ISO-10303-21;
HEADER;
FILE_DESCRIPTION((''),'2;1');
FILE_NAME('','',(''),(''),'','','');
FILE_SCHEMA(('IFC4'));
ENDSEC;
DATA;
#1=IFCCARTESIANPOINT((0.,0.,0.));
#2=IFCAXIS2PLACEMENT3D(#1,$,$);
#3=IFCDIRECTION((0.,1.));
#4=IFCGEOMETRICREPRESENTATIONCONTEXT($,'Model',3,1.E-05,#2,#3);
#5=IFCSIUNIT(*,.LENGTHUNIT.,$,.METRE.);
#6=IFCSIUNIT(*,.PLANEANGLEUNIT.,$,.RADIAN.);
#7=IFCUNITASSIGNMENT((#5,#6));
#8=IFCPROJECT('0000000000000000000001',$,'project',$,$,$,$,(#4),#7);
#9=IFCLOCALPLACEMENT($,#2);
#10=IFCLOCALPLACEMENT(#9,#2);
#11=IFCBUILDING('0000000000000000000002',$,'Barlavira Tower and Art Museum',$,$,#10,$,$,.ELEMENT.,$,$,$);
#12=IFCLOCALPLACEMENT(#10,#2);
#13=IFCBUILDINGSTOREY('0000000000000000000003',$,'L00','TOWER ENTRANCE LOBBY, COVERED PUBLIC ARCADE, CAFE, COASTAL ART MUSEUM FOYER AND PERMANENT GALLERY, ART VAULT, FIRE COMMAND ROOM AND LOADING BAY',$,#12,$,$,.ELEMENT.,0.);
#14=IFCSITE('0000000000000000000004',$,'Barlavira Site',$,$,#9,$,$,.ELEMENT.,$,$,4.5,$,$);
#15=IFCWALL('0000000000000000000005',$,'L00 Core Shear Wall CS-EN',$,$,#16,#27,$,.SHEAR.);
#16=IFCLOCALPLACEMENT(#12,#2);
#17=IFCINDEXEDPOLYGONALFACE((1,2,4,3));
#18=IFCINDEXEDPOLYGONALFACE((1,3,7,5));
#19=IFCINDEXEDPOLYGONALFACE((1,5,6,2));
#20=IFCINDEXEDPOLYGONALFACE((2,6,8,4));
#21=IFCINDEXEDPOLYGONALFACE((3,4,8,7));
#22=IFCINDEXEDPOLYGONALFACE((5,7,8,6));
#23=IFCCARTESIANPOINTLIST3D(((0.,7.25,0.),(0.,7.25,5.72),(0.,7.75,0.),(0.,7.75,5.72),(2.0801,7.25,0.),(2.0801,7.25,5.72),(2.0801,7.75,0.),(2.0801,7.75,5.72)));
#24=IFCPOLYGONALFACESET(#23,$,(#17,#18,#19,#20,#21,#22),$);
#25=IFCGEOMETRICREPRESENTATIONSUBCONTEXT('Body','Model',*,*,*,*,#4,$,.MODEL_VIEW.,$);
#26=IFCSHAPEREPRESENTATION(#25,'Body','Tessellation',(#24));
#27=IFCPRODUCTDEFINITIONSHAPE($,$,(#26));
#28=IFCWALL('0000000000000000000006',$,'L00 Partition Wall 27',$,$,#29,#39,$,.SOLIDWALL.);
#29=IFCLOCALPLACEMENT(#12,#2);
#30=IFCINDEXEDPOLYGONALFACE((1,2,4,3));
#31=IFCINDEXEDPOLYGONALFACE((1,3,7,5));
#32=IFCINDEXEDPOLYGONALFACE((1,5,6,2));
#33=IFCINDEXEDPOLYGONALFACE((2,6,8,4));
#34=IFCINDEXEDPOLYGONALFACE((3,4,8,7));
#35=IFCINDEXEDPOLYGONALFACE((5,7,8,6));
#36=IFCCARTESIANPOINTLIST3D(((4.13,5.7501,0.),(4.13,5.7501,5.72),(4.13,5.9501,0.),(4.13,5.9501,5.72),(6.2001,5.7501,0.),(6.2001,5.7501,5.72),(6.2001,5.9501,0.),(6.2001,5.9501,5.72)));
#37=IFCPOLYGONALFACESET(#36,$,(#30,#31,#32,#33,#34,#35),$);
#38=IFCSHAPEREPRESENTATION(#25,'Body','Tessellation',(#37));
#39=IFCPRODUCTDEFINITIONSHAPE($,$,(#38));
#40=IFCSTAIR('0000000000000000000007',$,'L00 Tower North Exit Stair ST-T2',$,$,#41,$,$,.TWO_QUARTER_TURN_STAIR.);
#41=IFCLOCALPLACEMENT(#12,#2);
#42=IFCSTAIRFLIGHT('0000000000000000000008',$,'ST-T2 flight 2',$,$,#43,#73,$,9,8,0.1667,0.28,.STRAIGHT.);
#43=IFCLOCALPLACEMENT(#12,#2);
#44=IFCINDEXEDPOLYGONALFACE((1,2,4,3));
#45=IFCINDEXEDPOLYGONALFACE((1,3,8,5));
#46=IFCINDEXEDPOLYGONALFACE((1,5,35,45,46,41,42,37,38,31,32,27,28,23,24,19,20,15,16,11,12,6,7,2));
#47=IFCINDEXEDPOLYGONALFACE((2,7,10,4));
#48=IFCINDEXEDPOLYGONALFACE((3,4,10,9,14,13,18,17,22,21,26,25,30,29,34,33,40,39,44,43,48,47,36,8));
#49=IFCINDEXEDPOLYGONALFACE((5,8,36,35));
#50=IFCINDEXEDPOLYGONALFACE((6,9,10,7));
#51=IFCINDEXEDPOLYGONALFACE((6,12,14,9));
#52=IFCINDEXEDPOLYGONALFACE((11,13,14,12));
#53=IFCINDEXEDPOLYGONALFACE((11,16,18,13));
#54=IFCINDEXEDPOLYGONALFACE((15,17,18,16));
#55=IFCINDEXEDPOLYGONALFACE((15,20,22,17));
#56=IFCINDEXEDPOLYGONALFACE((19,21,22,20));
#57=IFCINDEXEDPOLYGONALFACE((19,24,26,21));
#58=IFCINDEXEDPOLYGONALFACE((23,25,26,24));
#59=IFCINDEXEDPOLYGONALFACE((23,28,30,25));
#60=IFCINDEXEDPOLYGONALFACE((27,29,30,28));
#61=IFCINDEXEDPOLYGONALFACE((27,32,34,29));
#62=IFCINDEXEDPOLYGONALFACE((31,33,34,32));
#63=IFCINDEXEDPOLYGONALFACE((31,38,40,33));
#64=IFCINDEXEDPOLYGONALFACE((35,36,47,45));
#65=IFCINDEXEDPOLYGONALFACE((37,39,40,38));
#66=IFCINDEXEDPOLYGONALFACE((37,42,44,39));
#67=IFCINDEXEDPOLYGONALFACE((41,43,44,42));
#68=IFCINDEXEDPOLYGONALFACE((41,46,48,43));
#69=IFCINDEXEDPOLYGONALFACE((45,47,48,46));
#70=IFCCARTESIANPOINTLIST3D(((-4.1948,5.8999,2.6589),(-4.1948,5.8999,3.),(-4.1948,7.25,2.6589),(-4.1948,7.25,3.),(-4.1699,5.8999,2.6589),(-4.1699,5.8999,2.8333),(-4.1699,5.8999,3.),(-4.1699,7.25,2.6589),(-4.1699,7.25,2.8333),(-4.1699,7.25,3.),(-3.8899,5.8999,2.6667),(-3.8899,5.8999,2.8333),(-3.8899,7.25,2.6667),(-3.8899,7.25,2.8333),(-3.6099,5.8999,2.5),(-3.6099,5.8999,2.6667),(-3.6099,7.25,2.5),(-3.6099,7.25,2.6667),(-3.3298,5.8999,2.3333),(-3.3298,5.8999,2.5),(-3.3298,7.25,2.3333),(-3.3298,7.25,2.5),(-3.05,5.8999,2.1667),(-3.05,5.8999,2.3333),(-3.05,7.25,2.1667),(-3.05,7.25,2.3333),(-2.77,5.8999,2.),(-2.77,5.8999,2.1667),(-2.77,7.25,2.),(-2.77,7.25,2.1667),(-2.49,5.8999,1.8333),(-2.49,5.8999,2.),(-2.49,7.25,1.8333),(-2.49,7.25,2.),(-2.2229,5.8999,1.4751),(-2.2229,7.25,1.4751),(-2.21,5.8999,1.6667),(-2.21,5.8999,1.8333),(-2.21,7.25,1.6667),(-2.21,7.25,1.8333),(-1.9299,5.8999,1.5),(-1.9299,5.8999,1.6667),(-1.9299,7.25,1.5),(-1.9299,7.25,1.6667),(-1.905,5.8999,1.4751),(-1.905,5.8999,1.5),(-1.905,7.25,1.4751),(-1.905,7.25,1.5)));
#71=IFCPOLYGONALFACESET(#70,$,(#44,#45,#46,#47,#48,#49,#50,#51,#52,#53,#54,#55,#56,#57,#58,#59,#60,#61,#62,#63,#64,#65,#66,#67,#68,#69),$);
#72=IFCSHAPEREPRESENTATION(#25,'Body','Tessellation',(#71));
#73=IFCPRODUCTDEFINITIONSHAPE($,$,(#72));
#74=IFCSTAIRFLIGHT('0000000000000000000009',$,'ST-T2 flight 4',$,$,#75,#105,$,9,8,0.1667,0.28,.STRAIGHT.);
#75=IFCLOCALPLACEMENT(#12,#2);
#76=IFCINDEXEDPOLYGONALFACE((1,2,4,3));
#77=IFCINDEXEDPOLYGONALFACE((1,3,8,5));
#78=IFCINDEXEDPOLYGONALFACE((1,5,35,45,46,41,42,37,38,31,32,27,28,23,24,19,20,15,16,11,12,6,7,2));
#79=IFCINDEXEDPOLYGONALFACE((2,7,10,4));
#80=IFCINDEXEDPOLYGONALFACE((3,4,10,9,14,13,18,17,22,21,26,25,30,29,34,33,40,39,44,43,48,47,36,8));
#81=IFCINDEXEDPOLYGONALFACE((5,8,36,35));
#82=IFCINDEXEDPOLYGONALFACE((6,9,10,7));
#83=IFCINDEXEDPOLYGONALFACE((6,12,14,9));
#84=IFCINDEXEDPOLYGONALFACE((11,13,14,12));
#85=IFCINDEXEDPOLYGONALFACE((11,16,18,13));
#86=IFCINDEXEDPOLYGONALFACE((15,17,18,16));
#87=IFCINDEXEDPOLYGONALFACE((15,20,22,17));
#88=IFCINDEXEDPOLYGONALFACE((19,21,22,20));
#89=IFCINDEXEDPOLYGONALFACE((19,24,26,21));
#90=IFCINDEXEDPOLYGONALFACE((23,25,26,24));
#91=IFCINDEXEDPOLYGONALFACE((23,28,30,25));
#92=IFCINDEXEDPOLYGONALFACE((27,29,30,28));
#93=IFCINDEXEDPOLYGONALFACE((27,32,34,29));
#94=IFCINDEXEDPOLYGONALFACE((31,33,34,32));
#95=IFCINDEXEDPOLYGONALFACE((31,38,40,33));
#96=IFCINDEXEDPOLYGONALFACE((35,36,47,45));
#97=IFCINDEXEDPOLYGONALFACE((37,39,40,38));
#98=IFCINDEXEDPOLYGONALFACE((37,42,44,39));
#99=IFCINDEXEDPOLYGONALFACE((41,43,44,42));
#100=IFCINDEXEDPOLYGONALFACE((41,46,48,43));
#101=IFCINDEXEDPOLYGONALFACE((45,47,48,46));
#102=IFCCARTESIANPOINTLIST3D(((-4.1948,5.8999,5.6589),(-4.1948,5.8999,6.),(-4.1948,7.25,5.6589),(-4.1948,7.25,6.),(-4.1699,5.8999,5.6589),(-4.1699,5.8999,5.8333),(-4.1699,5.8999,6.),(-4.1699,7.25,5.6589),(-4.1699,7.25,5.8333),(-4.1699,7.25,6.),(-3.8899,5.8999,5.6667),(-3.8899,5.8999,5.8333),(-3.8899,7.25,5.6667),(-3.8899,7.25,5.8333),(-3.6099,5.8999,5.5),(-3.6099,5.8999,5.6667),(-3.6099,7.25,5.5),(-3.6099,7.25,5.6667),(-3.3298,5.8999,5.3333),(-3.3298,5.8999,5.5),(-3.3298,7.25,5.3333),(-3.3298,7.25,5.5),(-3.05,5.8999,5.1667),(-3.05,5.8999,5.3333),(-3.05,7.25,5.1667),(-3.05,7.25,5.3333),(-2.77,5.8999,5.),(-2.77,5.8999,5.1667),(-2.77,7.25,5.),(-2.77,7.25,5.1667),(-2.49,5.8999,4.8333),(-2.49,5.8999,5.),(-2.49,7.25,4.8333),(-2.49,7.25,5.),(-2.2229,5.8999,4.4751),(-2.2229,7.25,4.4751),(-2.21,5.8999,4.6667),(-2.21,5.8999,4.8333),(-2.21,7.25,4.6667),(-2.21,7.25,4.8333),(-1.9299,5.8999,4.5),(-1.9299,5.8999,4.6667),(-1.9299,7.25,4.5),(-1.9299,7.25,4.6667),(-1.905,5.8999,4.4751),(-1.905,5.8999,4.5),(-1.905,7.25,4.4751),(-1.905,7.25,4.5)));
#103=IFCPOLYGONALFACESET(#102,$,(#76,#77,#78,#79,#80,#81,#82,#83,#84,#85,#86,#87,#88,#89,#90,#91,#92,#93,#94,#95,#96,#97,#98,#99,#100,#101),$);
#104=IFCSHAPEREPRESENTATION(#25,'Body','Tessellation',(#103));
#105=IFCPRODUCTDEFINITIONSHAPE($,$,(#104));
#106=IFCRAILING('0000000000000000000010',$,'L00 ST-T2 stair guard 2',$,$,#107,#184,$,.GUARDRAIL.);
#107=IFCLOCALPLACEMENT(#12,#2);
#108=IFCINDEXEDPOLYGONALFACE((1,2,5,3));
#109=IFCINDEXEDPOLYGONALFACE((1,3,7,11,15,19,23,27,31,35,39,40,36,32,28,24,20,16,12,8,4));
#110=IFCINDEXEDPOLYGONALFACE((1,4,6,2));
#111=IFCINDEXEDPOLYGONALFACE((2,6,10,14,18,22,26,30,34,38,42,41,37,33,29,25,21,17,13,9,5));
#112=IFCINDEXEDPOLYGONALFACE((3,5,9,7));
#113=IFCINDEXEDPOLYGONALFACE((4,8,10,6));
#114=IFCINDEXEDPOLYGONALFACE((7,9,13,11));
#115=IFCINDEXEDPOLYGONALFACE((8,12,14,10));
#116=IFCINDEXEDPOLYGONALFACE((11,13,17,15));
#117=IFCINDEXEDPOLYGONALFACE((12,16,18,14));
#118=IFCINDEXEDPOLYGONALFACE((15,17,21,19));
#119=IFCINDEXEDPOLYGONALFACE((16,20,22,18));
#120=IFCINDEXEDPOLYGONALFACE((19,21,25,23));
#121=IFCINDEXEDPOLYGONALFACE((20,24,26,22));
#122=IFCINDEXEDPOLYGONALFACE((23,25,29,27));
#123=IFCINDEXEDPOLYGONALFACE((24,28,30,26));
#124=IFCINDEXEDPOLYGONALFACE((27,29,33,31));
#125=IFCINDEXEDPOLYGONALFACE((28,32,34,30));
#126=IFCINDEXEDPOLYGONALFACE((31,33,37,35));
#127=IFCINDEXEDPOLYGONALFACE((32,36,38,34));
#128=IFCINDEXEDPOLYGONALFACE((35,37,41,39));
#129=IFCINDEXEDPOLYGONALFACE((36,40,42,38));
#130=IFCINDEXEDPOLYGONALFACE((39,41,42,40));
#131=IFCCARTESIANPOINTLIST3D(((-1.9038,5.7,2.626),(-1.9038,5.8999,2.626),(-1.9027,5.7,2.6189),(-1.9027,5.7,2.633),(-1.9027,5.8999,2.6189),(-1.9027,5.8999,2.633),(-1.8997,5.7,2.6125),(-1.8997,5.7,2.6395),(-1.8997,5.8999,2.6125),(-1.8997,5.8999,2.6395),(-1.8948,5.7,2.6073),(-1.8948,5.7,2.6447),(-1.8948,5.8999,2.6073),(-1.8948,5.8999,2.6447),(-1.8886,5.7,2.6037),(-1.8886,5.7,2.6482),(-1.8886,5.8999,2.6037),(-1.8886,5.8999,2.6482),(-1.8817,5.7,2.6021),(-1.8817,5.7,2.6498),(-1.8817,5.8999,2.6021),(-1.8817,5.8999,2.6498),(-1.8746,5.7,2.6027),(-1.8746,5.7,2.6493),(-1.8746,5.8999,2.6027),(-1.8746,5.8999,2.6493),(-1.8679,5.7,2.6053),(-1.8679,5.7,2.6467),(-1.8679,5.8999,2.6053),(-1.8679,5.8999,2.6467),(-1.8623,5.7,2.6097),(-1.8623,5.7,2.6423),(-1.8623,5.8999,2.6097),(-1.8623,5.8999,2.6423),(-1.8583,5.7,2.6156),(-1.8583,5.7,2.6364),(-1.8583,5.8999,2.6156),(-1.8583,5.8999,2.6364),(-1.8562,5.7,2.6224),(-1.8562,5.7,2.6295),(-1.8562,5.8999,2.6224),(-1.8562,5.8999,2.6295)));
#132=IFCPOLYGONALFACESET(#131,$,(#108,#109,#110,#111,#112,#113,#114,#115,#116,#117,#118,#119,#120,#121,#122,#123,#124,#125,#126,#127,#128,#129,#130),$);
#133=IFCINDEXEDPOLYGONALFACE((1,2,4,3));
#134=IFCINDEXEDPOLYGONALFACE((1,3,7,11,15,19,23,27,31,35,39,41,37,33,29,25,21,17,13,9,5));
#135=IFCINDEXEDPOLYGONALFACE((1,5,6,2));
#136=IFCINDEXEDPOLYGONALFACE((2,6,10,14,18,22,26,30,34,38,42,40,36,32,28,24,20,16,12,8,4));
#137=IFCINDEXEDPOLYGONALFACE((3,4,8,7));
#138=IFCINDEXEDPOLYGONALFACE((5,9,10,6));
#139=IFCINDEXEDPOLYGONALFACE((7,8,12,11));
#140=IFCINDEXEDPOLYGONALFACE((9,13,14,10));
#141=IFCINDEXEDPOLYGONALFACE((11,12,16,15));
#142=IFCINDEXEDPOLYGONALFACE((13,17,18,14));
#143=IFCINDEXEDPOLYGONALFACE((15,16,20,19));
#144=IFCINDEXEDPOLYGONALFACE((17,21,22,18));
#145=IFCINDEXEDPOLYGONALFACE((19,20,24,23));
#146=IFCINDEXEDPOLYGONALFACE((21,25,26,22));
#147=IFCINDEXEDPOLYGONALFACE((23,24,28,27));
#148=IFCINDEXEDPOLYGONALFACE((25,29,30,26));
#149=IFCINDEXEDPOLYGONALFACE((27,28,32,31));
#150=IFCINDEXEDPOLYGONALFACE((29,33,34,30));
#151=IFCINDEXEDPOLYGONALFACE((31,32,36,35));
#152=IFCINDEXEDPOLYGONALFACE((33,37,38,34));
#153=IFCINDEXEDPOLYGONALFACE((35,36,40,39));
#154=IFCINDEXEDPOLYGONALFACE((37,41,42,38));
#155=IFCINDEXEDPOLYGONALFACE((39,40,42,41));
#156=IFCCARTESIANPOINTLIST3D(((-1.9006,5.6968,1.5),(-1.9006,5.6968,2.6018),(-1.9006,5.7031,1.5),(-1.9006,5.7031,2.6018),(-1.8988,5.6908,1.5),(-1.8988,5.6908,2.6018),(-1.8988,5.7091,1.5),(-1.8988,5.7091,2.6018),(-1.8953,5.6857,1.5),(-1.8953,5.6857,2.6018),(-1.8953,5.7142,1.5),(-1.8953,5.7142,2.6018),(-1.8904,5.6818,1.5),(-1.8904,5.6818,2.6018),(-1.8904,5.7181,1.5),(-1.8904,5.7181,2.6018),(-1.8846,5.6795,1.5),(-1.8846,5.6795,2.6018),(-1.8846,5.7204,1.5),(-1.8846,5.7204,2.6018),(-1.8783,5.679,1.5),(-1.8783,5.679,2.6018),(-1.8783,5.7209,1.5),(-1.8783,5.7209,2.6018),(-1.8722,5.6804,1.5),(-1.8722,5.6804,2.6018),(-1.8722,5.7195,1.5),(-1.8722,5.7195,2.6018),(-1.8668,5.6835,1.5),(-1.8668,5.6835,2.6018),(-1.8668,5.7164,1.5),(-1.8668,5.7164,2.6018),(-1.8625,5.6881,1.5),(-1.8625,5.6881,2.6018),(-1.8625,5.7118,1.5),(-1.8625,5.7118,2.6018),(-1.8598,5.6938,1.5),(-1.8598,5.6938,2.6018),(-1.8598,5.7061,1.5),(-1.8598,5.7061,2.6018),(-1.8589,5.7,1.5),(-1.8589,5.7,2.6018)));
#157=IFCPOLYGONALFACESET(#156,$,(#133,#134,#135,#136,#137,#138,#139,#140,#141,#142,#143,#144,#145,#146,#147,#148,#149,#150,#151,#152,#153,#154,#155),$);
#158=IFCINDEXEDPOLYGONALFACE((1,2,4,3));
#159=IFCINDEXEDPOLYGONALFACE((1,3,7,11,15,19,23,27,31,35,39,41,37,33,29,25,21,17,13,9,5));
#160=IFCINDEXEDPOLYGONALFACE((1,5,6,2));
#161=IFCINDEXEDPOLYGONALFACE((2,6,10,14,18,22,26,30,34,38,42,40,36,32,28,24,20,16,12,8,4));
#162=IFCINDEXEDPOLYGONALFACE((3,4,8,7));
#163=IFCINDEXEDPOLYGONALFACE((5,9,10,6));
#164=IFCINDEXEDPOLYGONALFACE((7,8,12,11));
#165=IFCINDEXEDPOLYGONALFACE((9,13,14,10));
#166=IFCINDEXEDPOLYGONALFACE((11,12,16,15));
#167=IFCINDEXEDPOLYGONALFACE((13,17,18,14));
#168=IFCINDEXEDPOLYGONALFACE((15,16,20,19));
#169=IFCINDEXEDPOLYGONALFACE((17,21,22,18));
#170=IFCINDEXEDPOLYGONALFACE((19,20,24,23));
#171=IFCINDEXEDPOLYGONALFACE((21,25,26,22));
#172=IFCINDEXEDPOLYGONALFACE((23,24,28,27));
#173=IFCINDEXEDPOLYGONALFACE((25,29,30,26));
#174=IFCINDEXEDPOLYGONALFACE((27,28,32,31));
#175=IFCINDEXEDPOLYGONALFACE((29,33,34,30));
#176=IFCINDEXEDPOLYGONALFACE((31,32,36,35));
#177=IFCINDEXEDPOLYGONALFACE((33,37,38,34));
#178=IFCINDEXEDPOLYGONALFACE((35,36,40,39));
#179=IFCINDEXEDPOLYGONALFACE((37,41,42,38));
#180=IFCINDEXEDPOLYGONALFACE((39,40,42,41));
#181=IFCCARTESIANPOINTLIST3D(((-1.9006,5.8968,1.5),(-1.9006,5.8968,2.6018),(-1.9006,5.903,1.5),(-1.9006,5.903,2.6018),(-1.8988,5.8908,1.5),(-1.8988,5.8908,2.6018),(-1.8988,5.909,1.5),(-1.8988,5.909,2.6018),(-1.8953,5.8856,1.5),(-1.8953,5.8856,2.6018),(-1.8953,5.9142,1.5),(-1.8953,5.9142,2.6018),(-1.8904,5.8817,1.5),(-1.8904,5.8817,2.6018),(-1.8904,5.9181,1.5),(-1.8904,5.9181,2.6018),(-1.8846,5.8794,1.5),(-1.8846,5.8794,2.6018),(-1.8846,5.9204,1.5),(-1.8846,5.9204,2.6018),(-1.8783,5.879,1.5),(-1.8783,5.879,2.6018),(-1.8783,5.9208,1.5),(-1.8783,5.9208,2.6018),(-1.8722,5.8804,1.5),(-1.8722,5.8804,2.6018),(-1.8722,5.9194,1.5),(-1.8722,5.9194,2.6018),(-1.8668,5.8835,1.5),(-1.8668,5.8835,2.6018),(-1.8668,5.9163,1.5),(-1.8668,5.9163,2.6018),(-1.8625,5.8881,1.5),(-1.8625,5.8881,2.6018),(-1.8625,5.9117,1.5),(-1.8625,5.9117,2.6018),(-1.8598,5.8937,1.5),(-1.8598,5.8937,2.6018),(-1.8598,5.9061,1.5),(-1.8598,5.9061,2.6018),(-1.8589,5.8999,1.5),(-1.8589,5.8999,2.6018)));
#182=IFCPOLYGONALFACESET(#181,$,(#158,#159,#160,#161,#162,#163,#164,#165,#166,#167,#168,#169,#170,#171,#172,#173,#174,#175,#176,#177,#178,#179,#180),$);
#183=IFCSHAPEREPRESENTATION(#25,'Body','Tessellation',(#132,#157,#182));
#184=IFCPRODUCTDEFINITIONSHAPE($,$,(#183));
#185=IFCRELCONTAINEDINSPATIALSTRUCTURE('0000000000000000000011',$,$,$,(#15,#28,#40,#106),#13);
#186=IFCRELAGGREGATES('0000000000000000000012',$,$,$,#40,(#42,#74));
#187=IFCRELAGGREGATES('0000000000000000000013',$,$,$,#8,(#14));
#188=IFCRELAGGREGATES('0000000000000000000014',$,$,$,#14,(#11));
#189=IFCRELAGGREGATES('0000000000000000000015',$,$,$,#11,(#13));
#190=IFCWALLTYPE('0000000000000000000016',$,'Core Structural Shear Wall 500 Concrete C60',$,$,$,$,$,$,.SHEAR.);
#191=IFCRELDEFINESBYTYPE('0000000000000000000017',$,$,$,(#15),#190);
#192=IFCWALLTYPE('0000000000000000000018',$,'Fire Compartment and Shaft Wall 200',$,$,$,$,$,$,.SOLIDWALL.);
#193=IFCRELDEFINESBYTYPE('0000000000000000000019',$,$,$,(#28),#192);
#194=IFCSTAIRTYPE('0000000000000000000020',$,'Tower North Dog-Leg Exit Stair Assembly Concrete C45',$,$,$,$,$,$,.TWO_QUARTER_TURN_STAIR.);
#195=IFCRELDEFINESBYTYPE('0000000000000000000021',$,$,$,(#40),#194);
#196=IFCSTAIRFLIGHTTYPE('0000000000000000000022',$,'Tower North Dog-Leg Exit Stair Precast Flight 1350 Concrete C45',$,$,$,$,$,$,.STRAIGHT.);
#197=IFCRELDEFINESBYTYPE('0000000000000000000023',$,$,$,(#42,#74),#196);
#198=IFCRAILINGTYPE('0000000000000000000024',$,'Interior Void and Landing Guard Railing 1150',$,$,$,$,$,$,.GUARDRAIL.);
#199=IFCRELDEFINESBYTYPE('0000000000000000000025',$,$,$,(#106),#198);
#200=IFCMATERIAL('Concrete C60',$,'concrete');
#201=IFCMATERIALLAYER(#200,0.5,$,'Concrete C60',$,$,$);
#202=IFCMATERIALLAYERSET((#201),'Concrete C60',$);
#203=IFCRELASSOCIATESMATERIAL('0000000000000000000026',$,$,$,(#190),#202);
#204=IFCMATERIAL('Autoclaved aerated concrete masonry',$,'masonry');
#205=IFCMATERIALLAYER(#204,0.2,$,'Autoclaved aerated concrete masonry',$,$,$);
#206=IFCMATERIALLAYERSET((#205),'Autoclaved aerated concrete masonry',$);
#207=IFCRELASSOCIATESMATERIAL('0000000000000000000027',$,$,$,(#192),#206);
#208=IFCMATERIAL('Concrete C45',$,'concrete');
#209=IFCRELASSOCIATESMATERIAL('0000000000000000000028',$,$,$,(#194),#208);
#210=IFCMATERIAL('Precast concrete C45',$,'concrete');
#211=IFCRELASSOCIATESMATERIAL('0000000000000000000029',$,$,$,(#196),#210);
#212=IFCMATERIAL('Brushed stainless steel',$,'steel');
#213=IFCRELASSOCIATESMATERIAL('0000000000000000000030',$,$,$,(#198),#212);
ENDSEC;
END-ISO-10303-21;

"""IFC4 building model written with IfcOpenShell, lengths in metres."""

from ifc_helpers import new_model, si_unit, direction, frame, frame_2d, origin, origin_2d, place, context, subcontext, project, spatial, polyline, rectangle, circle, outline, extrude, material, layer, layer_set, type_object, element, aggregate, save


model = new_model("IFC4")

# Units and contexts
model_context = context("Model", 3, precision=1e-05, world=origin(), true_north=direction((0.0, 1.0)))
body_context = subcontext(model_context, "Body", "Model", "MODEL_VIEW")
ifc_project = project(units=[si_unit("LENGTHUNIT", "METRE"), si_unit("PLANEANGLEUNIT", "RADIAN")], contexts=[model_context])

# Site, building, storey
site_placement = place(None, origin())
site = spatial("IfcSite", under=ifc_project, at=site_placement, Name="Barlavira Site", CompositionType="ELEMENT", RefElevation=4.5)
building_placement = place(site_placement, origin())
building = spatial("IfcBuilding", under=site, at=building_placement, Name="Barlavira Tower and Art Museum", CompositionType="ELEMENT")
storey_placement = place(building_placement, origin())
storey = spatial("IfcBuildingStorey", under=building, at=storey_placement, Name="L00", Description="TOWER ENTRANCE LOBBY, COVERED PUBLIC ARCADE, CAFE, COASTAL ART MUSEUM FOYER AND PERMANENT GALLERY, ART VAULT, FIRE COMMAND ROOM AND LOADING BAY", CompositionType="ELEMENT", Elevation=0.0)

# Shared definitions
ifc_material_1 = material(Name="Concrete C60", Category="concrete")

# Wall
ifc_layer_1 = layer(ifc_material_1, 0.5, Name="Concrete C60")
ifc_layer_set_1 = layer_set([ifc_layer_1], Name="Concrete C60")
wall_type_1 = type_object("IfcWallType", Name="Core Structural Shear Wall 500 Concrete C60", PredefinedType="SHEAR", material=ifc_layer_set_1)
wall_1_placement = place(storey_placement, frame((0.0, 7.5, 0.0), z_axis=(0.0, 0.0, 1.0), x_axis=(1.0, 0.0, 0.0)))
element("IfcWall", 1, at=wall_1_placement, inside=storey, type_object=wall_type_1, Name="L00 Core Shear Wall CS-EN", PredefinedType="SHEAR", context=body_context, shape_type="SweptSolid", body=[
    extrude(rectangle(XDim=2.0801, YDim=0.5, at=frame_2d((1.04, 0.0))), origin(), (0.0, 0.0, 1.0), 5.72),
])

# Shared definitions
ifc_material_2 = material(Name="Autoclaved aerated concrete masonry", Category="masonry")
ifc_layer_2 = layer(ifc_material_2, 0.2, Name="Autoclaved aerated concrete masonry")
ifc_layer_set_2 = layer_set([ifc_layer_2], Name="Autoclaved aerated concrete masonry")
wall_type_2 = type_object("IfcWallType", Name="Fire Compartment and Shaft Wall 200", PredefinedType="SOLIDWALL", material=ifc_layer_set_2)
ifc_material_3 = material(Name="Brushed stainless steel", Category="steel")

# Wall
wall_2_placement = place(storey_placement, frame((4.1299, 5.8501, 0.0), z_axis=(0.0, 0.0, 1.0), x_axis=(1.0, 0.0, 0.0)))
element("IfcWall", 2, at=wall_2_placement, inside=storey, type_object=wall_type_2, Name="L00 Partition Wall 27", PredefinedType="SOLIDWALL", context=body_context, shape_type="SweptSolid", body=[
    extrude(rectangle(XDim=2.0701, YDim=0.2, at=frame_2d((1.0352, 0.0))), origin(), (0.0, 0.0, 1.0), 5.72),
])

# Stair, stair flights
ifc_material_4 = material(Name="Concrete C45", Category="concrete")
stair_type = type_object("IfcStairType", Name="Tower North Dog-Leg Exit Stair Assembly Concrete C45", PredefinedType="TWO_QUARTER_TURN_STAIR", material=ifc_material_4)
stair_placement = place(storey_placement, origin())
stair = element("IfcStair", 3, at=stair_placement, inside=storey, type_object=stair_type, Name="L00 Tower North Exit Stair ST-T2", PredefinedType="TWO_QUARTER_TURN_STAIR")
ifc_material_5 = material(Name="Precast concrete C45", Category="concrete")
stair_flight_type = type_object("IfcStairFlightType", Name="Tower North Dog-Leg Exit Stair Precast Flight 1350 Concrete C45", PredefinedType="STRAIGHT", material=ifc_material_5)
stair_flight_1_placement = place(storey_placement, frame((-1.9299, 6.575, 1.5), z_axis=(0.0, 0.0, 1.0), x_axis=(-1.0, 0.0, 0.0)))
stair_flight_1 = element("IfcStairFlight", 4, at=stair_flight_1_placement, type_object=stair_flight_type, Name="ST-T2 flight 2", NumberOfRisers=9, NumberOfTreads=8, PredefinedType="STRAIGHT", RiserHeight=0.1667, TreadLength=0.28, context=body_context, shape_type="SweptSolid", body=[
    extrude(outline(polyline([(-0.0249, 0.0), (0.0, 0.0), (0.0, 0.1667), (0.28, 0.1667), (0.28, 0.3333), (0.5601, 0.3333), (0.5601, 0.5), (0.8401, 0.5), (0.8401, 0.6667), (1.1201, 0.6667), (1.1201, 0.8333), (1.3999, 0.8333), (1.3999, 1.0), (1.6799, 1.0), (1.6799, 1.1667), (1.96, 1.1667), (1.96, 1.3333), (2.24, 1.3333), (2.24, 1.5), (2.2649, 1.5), (2.2649, 1.1589), (2.24, 1.1589), (0.293, -0.0249), (-0.0249, -0.0249), (-0.0249, 0.0)])), frame((0.0, 0.675, 0.0), z_axis=(0.0, -1.0, 0.0), x_axis=(1.0, 0.0, 0.0)), (0.0, 0.0, 1.0), 1.3501),
])
stair_flight_2_placement = place(storey_placement, frame((-1.9299, 6.575, 4.5), z_axis=(0.0, 0.0, 1.0), x_axis=(-1.0, 0.0, 0.0)))
stair_flight_2 = element("IfcStairFlight", 5, at=stair_flight_2_placement, type_object=stair_flight_type, Name="ST-T2 flight 4", NumberOfRisers=9, NumberOfTreads=8, PredefinedType="STRAIGHT", RiserHeight=0.1667, TreadLength=0.28, context=body_context, shape_type="SweptSolid", body=[
    extrude(outline(polyline([(-0.0249, 0.0), (0.0, 0.0), (0.0, 0.1667), (0.28, 0.1667), (0.28, 0.3333), (0.5601, 0.3333), (0.5601, 0.5), (0.8401, 0.5), (0.8401, 0.6667), (1.1201, 0.6667), (1.1201, 0.8333), (1.3999, 0.8333), (1.3999, 1.0), (1.6799, 1.0), (1.6799, 1.1667), (1.96, 1.1667), (1.96, 1.3333), (2.24, 1.3333), (2.24, 1.5), (2.2649, 1.5), (2.2649, 1.1589), (2.24, 1.1589), (0.293, -0.0249), (-0.0249, -0.0249), (-0.0249, 0.0)])), frame((0.0, 0.675, 0.0), z_axis=(0.0, -1.0, 0.0), x_axis=(1.0, 0.0, 0.0)), (0.0, 0.0, 1.0), 1.3501),
])
aggregate(stair, [stair_flight_1, stair_flight_2])

# Railing
railing_type_1 = type_object("IfcRailingType", Name="Interior Void and Landing Guard Railing 1150", PredefinedType="GUARDRAIL", material=ifc_material_3)
railing_1_placement = place(storey_placement, frame((-1.8799, 5.7, 1.5)))
element("IfcRailing", 6, at=railing_1_placement, inside=storey, type_object=railing_type_1, Name="L00 ST-T2 stair guard 2", PredefinedType="GUARDRAIL", context=body_context, shape_type="SweptSolid", body=[
    extrude(circle(Radius=0.0239, at=origin_2d()), frame((0.0, 0.0, 1.126), z_axis=(0.0, 1.0, 0.0), x_axis=(-1.0, 0.0, 0.0)), (0.0, 0.0, 1.0), 0.2),
    extrude(circle(Radius=0.021, at=origin_2d()), origin(), (0.0, 0.0, 1.0), 1.1018),
    extrude(circle(Radius=0.021, at=origin_2d()), frame((0.0, 0.2, 0.0)), (0.0, 0.0, 1.0), 1.1018),
])

save(model, "model.ifc")
